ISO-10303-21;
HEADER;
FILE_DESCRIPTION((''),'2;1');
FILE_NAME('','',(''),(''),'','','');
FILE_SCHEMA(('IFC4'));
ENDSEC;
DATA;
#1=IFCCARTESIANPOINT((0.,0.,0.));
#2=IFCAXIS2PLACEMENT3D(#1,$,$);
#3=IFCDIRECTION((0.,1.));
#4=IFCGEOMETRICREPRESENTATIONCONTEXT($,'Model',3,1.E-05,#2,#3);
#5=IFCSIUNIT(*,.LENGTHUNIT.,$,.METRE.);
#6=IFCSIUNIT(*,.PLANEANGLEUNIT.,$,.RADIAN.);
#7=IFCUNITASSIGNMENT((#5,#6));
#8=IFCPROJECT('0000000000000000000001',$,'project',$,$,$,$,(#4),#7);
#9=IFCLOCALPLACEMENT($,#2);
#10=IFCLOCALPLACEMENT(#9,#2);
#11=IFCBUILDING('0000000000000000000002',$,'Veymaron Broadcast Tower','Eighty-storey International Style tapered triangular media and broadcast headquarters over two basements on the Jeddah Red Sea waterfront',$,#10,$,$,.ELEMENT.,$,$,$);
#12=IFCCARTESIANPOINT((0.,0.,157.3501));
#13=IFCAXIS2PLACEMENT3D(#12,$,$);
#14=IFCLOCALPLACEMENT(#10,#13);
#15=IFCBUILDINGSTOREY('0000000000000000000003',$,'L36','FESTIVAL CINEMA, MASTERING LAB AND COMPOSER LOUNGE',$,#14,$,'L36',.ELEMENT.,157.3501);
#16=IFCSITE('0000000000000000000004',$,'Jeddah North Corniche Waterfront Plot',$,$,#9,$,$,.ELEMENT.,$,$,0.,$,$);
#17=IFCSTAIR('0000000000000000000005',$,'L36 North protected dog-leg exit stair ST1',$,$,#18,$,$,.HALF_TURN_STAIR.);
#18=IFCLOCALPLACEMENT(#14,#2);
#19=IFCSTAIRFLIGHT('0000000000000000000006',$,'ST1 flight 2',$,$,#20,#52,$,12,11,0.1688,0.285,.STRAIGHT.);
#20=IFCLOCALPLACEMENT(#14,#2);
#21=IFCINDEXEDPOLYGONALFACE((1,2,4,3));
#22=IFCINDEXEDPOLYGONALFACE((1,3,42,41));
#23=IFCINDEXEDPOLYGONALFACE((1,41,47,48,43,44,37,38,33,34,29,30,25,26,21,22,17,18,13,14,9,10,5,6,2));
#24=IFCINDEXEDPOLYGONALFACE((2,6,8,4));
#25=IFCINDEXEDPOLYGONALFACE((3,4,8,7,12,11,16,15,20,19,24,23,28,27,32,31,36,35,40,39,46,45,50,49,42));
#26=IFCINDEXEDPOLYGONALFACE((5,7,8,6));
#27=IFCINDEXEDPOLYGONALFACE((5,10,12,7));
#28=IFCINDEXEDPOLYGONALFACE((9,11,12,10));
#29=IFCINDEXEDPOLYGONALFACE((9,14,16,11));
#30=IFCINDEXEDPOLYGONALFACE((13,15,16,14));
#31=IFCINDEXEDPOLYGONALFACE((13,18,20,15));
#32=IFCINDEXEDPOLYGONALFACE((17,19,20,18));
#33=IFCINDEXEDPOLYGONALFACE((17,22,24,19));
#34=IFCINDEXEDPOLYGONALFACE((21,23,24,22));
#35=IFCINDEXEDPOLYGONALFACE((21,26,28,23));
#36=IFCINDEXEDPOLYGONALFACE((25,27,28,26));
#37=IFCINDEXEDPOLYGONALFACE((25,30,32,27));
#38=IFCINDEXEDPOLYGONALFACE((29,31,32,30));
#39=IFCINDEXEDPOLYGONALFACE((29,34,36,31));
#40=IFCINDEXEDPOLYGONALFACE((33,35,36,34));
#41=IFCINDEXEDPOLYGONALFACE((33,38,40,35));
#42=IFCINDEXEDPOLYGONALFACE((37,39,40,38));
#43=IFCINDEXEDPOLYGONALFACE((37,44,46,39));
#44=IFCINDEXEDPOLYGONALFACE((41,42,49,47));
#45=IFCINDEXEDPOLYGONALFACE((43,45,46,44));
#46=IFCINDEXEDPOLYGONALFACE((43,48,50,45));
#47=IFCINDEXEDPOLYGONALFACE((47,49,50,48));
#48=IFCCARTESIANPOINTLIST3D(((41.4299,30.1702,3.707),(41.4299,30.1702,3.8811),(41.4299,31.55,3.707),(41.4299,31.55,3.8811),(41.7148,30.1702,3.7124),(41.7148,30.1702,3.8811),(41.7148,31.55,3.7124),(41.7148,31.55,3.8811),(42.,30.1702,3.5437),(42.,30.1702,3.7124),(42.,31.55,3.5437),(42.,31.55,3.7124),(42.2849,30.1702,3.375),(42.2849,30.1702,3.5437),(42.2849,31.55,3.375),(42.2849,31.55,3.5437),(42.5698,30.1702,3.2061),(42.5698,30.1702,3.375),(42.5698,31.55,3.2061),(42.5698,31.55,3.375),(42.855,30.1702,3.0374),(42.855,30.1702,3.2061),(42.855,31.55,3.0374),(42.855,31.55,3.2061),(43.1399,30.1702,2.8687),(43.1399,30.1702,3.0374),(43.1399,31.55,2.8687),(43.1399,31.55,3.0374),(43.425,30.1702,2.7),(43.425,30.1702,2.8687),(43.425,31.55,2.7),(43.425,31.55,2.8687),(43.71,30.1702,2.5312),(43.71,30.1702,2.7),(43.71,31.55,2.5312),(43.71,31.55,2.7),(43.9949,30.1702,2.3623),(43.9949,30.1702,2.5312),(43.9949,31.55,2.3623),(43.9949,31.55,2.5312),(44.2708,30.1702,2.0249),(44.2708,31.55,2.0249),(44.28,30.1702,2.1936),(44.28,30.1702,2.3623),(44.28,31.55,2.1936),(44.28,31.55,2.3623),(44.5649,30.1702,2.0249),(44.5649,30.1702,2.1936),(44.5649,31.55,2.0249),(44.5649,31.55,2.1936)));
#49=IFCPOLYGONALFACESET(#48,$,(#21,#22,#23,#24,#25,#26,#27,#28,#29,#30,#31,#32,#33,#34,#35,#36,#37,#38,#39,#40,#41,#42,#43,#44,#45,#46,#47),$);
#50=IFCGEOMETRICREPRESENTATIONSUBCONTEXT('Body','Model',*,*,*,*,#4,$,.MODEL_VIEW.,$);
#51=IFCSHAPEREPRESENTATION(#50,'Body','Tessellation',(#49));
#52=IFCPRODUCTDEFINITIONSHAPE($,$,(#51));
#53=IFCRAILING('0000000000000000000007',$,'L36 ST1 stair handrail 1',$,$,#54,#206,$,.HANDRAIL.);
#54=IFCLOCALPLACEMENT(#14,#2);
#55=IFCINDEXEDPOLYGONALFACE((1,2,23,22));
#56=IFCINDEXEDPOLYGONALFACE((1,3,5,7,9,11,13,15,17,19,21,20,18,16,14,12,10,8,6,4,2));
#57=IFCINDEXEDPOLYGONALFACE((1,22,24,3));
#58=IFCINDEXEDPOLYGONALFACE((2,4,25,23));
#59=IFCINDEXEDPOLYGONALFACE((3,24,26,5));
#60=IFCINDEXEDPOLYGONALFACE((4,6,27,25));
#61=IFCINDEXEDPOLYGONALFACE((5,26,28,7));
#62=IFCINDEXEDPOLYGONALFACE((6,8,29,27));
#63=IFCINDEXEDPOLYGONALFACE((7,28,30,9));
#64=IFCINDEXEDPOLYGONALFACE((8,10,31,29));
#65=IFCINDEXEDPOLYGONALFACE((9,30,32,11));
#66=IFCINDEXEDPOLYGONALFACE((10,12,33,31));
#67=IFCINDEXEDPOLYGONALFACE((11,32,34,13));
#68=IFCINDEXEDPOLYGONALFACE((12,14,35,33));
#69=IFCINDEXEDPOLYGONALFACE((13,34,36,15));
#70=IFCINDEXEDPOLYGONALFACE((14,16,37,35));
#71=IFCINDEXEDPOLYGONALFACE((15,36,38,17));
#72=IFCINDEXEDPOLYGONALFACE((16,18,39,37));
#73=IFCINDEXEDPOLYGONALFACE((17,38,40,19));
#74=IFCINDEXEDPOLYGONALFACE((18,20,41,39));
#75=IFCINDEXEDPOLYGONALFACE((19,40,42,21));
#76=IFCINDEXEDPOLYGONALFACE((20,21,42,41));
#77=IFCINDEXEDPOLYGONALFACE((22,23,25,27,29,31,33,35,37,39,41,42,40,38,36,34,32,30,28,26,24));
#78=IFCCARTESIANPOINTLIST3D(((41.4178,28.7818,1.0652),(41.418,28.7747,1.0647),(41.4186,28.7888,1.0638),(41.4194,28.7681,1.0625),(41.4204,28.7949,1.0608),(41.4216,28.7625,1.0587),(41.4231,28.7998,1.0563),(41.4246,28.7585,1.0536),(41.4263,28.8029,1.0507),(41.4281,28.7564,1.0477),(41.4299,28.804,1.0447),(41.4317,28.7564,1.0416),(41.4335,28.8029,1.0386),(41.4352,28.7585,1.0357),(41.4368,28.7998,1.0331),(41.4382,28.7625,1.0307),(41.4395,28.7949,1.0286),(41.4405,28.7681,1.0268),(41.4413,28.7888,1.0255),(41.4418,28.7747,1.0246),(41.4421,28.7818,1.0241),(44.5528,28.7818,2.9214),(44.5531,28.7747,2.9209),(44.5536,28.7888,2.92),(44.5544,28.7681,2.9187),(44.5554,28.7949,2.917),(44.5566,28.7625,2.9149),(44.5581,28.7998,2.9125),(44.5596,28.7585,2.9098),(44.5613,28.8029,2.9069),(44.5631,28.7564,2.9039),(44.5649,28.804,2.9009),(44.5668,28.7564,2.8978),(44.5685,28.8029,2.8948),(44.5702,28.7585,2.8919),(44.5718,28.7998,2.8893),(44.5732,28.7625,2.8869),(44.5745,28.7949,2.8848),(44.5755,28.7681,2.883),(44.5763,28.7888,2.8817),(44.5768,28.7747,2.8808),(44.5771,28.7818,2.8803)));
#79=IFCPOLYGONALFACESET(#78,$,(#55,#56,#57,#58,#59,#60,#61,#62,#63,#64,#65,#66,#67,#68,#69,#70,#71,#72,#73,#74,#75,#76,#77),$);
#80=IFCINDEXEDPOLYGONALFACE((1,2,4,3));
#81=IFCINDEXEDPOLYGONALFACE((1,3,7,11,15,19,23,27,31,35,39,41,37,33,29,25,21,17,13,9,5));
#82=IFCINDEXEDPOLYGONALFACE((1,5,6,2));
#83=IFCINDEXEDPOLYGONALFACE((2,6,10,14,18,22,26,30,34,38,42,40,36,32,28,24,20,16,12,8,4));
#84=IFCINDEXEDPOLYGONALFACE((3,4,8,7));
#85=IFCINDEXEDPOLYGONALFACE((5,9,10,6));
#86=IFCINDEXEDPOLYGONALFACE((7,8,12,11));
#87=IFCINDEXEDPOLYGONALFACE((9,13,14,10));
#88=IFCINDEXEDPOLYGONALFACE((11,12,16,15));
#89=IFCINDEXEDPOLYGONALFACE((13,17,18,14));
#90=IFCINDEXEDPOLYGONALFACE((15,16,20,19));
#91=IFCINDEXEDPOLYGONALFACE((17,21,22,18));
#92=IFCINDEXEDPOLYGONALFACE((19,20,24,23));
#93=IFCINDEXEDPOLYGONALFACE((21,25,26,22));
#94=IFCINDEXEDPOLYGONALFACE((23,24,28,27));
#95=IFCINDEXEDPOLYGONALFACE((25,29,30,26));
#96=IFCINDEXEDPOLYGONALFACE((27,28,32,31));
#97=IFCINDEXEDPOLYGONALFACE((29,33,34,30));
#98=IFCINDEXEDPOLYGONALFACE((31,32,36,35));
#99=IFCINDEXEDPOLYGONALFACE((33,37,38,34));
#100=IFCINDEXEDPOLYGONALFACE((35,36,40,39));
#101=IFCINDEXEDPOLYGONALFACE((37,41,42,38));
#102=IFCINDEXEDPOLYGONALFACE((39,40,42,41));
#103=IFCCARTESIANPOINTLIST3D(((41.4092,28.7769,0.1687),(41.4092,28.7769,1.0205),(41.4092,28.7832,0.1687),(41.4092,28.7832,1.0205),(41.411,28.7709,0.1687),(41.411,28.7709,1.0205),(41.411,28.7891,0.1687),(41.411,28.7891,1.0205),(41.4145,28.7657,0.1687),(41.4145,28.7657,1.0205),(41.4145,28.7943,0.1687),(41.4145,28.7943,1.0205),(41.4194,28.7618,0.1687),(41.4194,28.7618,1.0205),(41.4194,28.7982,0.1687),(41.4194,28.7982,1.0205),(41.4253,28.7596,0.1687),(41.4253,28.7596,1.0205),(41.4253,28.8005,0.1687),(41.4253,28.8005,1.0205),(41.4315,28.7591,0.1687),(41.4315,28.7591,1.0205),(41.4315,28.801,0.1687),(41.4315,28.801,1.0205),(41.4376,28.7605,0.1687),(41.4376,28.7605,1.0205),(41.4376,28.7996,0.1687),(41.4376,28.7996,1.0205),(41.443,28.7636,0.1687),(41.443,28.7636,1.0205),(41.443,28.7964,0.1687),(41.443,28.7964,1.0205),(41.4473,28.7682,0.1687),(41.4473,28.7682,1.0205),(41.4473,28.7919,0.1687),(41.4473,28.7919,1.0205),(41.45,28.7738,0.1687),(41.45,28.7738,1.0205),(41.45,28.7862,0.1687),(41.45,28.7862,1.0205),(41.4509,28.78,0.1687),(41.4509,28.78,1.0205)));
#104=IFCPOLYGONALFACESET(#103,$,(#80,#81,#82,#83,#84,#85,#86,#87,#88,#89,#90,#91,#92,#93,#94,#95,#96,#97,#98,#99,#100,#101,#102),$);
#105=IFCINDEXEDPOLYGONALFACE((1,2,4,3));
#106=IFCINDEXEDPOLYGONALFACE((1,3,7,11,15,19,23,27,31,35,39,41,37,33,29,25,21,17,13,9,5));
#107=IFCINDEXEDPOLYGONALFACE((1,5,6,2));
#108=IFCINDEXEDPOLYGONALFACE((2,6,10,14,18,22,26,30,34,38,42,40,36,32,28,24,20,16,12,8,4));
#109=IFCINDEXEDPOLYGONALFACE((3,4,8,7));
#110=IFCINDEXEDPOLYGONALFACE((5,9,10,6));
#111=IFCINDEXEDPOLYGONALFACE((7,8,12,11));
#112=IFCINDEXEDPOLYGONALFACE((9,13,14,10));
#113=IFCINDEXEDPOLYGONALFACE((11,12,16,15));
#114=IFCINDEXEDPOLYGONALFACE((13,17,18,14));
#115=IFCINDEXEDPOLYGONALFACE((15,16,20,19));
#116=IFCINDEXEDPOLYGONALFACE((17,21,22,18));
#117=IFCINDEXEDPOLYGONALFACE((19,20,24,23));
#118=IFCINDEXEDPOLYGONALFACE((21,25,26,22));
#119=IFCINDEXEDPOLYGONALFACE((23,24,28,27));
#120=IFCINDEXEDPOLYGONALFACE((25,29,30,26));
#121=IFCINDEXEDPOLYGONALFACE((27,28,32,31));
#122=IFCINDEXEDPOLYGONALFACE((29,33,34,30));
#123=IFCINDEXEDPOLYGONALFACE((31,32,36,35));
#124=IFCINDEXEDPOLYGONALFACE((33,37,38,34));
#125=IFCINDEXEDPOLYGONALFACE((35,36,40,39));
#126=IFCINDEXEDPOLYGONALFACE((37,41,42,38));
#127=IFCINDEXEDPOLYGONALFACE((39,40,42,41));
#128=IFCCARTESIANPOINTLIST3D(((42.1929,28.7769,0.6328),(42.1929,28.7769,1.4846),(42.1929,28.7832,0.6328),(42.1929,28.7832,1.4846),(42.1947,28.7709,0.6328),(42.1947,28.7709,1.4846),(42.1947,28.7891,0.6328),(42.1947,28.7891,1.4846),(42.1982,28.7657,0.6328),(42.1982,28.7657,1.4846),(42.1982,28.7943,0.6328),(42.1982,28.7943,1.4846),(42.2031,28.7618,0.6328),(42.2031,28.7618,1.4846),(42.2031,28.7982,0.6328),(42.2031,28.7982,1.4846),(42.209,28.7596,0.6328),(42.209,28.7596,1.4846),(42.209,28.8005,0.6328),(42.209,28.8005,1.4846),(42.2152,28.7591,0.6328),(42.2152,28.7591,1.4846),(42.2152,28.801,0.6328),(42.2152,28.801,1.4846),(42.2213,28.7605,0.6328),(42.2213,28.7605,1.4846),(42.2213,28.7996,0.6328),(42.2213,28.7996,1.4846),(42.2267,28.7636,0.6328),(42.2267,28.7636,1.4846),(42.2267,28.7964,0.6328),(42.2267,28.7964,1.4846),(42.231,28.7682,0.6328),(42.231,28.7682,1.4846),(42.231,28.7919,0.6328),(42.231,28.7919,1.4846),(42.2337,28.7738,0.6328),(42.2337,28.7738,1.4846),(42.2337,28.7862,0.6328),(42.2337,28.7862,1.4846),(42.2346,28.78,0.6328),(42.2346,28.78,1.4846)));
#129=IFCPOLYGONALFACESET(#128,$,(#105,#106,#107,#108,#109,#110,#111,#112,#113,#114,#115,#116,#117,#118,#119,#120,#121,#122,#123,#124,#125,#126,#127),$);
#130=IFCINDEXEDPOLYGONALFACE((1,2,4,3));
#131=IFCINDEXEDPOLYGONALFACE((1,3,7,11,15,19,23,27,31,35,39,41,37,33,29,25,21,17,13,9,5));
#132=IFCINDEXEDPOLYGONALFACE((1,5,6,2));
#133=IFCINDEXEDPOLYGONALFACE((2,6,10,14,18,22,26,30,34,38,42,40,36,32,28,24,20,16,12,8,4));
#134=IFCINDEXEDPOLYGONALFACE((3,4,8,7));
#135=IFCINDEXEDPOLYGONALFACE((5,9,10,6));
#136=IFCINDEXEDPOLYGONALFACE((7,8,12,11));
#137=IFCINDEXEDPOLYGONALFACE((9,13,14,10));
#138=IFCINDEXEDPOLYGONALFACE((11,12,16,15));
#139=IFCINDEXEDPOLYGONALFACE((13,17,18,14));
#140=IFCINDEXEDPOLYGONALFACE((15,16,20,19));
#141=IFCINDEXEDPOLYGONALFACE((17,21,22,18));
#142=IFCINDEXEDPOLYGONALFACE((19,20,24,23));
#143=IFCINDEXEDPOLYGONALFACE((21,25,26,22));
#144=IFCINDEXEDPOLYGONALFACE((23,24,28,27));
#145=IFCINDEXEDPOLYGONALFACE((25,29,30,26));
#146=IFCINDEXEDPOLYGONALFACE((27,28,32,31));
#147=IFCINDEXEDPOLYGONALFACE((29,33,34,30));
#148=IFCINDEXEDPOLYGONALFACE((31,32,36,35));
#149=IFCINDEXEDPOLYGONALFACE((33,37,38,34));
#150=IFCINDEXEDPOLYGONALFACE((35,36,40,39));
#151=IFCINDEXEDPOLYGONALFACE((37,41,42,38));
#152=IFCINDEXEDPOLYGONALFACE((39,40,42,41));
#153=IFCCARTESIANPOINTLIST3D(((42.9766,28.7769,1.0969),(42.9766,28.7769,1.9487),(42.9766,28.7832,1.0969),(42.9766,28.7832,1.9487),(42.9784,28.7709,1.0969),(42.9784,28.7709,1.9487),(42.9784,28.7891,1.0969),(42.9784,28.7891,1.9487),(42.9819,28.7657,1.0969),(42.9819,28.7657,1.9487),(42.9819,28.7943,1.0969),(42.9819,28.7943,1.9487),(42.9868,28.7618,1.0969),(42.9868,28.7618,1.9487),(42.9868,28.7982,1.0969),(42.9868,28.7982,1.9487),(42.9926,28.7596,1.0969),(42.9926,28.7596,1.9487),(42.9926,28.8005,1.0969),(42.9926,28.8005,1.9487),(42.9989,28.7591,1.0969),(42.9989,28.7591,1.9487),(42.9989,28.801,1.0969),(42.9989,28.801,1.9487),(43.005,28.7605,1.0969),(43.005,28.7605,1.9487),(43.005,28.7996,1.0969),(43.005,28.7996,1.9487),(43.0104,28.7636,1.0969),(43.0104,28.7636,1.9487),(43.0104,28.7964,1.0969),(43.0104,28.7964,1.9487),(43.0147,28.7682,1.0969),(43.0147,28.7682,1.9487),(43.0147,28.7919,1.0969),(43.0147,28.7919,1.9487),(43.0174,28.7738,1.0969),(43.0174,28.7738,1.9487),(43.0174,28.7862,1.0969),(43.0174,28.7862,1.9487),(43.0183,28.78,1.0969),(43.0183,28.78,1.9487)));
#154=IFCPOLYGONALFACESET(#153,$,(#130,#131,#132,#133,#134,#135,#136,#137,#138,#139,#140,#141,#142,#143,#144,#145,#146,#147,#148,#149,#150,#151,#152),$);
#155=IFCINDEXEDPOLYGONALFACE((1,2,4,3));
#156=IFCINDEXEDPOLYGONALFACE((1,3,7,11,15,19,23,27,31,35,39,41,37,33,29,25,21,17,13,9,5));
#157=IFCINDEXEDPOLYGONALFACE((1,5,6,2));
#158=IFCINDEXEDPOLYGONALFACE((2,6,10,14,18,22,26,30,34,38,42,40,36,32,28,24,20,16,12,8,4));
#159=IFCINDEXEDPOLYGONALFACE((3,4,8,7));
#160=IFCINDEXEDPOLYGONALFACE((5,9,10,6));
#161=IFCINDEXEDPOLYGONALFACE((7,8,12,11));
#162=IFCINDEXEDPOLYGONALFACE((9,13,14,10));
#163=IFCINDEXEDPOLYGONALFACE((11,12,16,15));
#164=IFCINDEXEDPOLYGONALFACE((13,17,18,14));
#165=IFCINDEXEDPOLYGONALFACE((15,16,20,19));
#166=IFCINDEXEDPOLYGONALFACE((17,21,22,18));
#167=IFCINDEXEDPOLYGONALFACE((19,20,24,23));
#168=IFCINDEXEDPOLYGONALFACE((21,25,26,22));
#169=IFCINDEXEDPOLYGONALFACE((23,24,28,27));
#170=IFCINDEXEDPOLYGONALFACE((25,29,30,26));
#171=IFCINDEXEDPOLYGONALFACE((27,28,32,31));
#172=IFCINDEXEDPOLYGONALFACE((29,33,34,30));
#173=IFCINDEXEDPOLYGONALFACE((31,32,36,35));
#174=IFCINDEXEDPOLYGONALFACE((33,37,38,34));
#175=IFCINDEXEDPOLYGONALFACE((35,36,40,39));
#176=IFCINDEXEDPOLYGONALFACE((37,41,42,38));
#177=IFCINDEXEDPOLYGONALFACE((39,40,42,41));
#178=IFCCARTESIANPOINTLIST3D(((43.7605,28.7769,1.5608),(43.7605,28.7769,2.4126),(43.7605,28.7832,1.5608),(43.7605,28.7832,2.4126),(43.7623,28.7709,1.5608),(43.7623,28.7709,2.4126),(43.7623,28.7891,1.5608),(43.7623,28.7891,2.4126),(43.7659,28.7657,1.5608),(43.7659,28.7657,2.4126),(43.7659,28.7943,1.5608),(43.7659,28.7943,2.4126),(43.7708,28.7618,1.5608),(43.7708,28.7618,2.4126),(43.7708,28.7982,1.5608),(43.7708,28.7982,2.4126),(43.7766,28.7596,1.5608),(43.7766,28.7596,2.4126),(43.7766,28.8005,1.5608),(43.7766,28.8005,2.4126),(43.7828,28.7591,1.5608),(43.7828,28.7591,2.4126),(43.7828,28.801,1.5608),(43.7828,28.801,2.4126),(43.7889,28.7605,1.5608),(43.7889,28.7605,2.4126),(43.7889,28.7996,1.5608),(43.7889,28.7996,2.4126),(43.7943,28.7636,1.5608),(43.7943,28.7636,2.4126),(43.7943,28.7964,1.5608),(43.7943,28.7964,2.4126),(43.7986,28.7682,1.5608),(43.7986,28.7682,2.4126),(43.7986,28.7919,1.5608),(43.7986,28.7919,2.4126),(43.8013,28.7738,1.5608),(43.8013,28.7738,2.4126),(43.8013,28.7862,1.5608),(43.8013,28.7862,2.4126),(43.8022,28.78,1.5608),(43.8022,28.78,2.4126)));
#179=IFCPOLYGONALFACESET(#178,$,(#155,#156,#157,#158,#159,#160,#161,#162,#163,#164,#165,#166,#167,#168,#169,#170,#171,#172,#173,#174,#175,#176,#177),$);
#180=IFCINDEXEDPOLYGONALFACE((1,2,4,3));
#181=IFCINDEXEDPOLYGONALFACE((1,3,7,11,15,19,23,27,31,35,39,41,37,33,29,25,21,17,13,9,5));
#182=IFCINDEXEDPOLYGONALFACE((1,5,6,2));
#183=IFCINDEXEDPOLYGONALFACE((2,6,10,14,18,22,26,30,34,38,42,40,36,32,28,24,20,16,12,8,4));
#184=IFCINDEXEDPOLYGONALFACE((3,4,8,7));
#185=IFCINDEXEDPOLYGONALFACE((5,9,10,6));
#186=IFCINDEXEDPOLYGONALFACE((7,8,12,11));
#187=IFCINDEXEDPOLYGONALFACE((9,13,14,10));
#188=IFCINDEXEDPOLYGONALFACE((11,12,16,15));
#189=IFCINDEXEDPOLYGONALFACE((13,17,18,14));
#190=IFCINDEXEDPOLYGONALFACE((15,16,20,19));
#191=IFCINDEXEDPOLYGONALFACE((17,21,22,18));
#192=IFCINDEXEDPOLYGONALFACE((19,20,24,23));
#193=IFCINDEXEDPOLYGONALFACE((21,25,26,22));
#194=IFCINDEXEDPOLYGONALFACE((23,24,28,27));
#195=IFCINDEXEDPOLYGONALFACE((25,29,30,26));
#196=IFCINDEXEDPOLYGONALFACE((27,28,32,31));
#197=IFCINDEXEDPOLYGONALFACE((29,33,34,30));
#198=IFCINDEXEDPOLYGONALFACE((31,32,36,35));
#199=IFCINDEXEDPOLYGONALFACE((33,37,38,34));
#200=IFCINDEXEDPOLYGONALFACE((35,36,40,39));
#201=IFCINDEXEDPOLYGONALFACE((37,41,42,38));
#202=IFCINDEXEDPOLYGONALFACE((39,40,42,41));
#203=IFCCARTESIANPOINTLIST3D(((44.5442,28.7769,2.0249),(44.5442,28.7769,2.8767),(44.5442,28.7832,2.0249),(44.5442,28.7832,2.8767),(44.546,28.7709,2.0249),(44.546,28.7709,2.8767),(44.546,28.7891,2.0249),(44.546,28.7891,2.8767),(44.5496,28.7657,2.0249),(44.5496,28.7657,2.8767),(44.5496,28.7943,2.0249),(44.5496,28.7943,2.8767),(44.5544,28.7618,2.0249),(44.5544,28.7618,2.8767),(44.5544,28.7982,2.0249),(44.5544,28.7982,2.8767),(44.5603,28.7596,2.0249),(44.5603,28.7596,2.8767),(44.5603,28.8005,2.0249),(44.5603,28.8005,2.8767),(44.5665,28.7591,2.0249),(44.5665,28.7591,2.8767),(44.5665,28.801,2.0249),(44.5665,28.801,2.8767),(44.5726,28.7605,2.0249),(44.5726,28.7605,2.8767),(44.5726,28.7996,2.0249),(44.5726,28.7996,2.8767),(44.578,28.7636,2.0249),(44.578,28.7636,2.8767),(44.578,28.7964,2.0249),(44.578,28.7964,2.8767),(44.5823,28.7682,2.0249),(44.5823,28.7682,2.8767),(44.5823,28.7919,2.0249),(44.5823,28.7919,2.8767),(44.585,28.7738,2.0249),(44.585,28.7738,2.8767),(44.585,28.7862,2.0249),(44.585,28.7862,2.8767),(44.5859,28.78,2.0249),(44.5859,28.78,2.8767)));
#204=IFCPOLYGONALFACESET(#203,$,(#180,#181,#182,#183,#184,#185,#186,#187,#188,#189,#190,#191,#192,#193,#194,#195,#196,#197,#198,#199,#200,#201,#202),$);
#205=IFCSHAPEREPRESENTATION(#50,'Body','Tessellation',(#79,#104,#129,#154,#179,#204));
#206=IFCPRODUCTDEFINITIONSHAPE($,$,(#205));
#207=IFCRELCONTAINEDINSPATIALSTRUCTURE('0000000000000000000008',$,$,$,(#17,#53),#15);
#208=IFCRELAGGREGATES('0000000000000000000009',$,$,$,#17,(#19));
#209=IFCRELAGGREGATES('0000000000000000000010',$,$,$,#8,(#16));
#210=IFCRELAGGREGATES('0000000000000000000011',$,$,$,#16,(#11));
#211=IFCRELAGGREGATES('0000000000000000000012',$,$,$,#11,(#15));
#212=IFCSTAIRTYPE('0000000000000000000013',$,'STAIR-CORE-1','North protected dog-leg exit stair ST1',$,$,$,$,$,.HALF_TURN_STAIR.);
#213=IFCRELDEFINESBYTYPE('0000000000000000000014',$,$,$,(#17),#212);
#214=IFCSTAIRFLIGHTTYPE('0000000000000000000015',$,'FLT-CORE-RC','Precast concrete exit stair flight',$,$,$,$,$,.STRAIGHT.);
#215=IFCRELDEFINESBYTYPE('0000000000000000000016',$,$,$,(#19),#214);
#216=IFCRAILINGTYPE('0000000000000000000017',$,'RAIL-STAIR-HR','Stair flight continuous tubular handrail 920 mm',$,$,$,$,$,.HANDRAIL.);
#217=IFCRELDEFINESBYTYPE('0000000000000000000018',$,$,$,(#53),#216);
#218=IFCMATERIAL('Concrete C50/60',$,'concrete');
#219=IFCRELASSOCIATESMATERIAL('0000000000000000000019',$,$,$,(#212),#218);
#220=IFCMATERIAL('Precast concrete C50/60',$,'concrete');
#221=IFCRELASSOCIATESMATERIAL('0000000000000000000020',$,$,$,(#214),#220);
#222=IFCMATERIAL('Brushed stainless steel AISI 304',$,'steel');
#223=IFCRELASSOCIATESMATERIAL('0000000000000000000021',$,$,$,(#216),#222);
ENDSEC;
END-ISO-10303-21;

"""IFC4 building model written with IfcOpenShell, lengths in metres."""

from ifc_helpers import new_model, si_unit, direction, frame, origin, origin_2d, place, context, subcontext, project, spatial, polyline, circle, outline, extrude, material, type_object, element, aggregate, save


model = new_model("IFC4")

# Units and contexts
model_context = context("Model", 3, precision=1e-05, world=origin(), true_north=direction((0.0, 1.0)))
body_context = subcontext(model_context, "Body", "Model", "MODEL_VIEW")
ifc_project = project(units=[si_unit("LENGTHUNIT", "METRE"), si_unit("PLANEANGLEUNIT", "RADIAN")], contexts=[model_context])

# Site, building, storey
site_placement = place(None, origin())
site = spatial("IfcSite", under=ifc_project, at=site_placement, Name="Jeddah North Corniche Waterfront Plot", CompositionType="ELEMENT", RefElevation=0.0)
building_placement = place(site_placement, origin())
building = spatial("IfcBuilding", under=site, at=building_placement, Name="Veymaron Broadcast Tower", Description="Eighty-storey International Style tapered triangular media and broadcast headquarters over two basements on the Jeddah Red Sea waterfront", CompositionType="ELEMENT")
storey_placement = place(building_placement, frame((0.0, 0.0, 157.3501)))
storey = spatial("IfcBuildingStorey", under=building, at=storey_placement, Name="L36", Description="FESTIVAL CINEMA, MASTERING LAB AND COMPOSER LOUNGE", LongName="L36", CompositionType="ELEMENT", Elevation=157.3501)

# Shared definitions
ifc_material_1 = material(Name="Concrete C50/60", Category="concrete")

# Stair, stair flight
stair_type = type_object("IfcStairType", Name="STAIR-CORE-1", Description="North protected dog-leg exit stair ST1", PredefinedType="HALF_TURN_STAIR", material=ifc_material_1)
stair_placement = place(storey_placement, origin())
stair = element("IfcStair", 1, at=stair_placement, inside=storey, type_object=stair_type, Name="L36 North protected dog-leg exit stair ST1", PredefinedType="HALF_TURN_STAIR")
ifc_material_2 = material(Name="Precast concrete C50/60", Category="concrete")
stair_flight_type = type_object("IfcStairFlightType", Name="FLT-CORE-RC", Description="Precast concrete exit stair flight", PredefinedType="STRAIGHT", material=ifc_material_2)
stair_flight_1_placement = place(storey_placement, frame((44.5649, 30.8601, 2.0249), z_axis=(0.0, 0.0, 1.0), x_axis=(-1.0, 0.0, 0.0)))
stair_flight_1 = element("IfcStairFlight", 2, at=stair_flight_1_placement, type_object=stair_flight_type, Name="ST1 flight 2", NumberOfRisers=12, NumberOfTreads=11, PredefinedType="STRAIGHT", RiserHeight=0.1688, TreadLength=0.285, context=body_context, shape_type="SweptSolid", body=[
    extrude(outline(polyline([(0.0, 0.0), (0.0, 0.1687), (0.2849, 0.1687), (0.2849, 0.3374), (0.5701, 0.3374), (0.5701, 0.5063), (0.855, 0.5063), (0.855, 0.675), (1.1399, 0.675), (1.1399, 0.8438), (1.425, 0.8438), (1.425, 1.0125), (1.71, 1.0125), (1.71, 1.1812), (1.9951, 1.1812), (1.9951, 1.3501), (2.28, 1.3501), (2.28, 1.5188), (2.5649, 1.5188), (2.5649, 1.6875), (2.8501, 1.6875), (2.8501, 1.8562), (3.135, 1.8562), (3.135, 2.0249), (3.135, 1.6821), (0.2942, 0.0), (0.0, 0.0)])), frame((0.0, 0.6899, 0.0), z_axis=(0.0, -1.0, 0.0), x_axis=(1.0, 0.0, 0.0)), (0.0, 0.0, 1.0), 1.3799),
])
aggregate(stair, [stair_flight_1])

# Railing
ifc_material_3 = material(Name="Brushed stainless steel AISI 304", Category="steel")
railing_type_1 = type_object("IfcRailingType", Name="RAIL-STAIR-HR", Description="Stair flight continuous tubular handrail 920 mm", PredefinedType="HANDRAIL", material=ifc_material_3)
railing_1_placement = place(storey_placement, frame((41.4299, 28.78, 0.1687)))
element("IfcRailing", 3, at=railing_1_placement, inside=storey, type_object=railing_type_1, Name="L36 ST1 stair handrail 1", PredefinedType="HANDRAIL", context=body_context, shape_type="SweptSolid", body=[
    extrude(circle(Radius=0.0239, at=origin_2d()), frame((0.0, 0.0, 0.876), z_axis=(0.860482, 0.0, 0.509481), x_axis=(0.0, 1.0, 0.0)), (0.0, 0.0, 1.0), 3.6433),
    extrude(circle(Radius=0.021, at=origin_2d()), origin(), (0.0, 0.0, 1.0), 0.8518),
    extrude(circle(Radius=0.021, at=origin_2d()), frame((0.7837, 0.0, 0.4641)), (0.0, 0.0, 1.0), 0.8518),
    extrude(circle(Radius=0.021, at=origin_2d()), frame((1.5674, 0.0, 0.9282)), (0.0, 0.0, 1.0), 0.8518),
    extrude(circle(Radius=0.021, at=origin_2d()), frame((2.3513, 0.0, 1.3921)), (0.0, 0.0, 1.0), 0.8518),
    extrude(circle(Radius=0.021, at=origin_2d()), frame((3.135, 0.0, 1.8562)), (0.0, 0.0, 1.0), 0.8518),
])

save(model, "model.ifc")
